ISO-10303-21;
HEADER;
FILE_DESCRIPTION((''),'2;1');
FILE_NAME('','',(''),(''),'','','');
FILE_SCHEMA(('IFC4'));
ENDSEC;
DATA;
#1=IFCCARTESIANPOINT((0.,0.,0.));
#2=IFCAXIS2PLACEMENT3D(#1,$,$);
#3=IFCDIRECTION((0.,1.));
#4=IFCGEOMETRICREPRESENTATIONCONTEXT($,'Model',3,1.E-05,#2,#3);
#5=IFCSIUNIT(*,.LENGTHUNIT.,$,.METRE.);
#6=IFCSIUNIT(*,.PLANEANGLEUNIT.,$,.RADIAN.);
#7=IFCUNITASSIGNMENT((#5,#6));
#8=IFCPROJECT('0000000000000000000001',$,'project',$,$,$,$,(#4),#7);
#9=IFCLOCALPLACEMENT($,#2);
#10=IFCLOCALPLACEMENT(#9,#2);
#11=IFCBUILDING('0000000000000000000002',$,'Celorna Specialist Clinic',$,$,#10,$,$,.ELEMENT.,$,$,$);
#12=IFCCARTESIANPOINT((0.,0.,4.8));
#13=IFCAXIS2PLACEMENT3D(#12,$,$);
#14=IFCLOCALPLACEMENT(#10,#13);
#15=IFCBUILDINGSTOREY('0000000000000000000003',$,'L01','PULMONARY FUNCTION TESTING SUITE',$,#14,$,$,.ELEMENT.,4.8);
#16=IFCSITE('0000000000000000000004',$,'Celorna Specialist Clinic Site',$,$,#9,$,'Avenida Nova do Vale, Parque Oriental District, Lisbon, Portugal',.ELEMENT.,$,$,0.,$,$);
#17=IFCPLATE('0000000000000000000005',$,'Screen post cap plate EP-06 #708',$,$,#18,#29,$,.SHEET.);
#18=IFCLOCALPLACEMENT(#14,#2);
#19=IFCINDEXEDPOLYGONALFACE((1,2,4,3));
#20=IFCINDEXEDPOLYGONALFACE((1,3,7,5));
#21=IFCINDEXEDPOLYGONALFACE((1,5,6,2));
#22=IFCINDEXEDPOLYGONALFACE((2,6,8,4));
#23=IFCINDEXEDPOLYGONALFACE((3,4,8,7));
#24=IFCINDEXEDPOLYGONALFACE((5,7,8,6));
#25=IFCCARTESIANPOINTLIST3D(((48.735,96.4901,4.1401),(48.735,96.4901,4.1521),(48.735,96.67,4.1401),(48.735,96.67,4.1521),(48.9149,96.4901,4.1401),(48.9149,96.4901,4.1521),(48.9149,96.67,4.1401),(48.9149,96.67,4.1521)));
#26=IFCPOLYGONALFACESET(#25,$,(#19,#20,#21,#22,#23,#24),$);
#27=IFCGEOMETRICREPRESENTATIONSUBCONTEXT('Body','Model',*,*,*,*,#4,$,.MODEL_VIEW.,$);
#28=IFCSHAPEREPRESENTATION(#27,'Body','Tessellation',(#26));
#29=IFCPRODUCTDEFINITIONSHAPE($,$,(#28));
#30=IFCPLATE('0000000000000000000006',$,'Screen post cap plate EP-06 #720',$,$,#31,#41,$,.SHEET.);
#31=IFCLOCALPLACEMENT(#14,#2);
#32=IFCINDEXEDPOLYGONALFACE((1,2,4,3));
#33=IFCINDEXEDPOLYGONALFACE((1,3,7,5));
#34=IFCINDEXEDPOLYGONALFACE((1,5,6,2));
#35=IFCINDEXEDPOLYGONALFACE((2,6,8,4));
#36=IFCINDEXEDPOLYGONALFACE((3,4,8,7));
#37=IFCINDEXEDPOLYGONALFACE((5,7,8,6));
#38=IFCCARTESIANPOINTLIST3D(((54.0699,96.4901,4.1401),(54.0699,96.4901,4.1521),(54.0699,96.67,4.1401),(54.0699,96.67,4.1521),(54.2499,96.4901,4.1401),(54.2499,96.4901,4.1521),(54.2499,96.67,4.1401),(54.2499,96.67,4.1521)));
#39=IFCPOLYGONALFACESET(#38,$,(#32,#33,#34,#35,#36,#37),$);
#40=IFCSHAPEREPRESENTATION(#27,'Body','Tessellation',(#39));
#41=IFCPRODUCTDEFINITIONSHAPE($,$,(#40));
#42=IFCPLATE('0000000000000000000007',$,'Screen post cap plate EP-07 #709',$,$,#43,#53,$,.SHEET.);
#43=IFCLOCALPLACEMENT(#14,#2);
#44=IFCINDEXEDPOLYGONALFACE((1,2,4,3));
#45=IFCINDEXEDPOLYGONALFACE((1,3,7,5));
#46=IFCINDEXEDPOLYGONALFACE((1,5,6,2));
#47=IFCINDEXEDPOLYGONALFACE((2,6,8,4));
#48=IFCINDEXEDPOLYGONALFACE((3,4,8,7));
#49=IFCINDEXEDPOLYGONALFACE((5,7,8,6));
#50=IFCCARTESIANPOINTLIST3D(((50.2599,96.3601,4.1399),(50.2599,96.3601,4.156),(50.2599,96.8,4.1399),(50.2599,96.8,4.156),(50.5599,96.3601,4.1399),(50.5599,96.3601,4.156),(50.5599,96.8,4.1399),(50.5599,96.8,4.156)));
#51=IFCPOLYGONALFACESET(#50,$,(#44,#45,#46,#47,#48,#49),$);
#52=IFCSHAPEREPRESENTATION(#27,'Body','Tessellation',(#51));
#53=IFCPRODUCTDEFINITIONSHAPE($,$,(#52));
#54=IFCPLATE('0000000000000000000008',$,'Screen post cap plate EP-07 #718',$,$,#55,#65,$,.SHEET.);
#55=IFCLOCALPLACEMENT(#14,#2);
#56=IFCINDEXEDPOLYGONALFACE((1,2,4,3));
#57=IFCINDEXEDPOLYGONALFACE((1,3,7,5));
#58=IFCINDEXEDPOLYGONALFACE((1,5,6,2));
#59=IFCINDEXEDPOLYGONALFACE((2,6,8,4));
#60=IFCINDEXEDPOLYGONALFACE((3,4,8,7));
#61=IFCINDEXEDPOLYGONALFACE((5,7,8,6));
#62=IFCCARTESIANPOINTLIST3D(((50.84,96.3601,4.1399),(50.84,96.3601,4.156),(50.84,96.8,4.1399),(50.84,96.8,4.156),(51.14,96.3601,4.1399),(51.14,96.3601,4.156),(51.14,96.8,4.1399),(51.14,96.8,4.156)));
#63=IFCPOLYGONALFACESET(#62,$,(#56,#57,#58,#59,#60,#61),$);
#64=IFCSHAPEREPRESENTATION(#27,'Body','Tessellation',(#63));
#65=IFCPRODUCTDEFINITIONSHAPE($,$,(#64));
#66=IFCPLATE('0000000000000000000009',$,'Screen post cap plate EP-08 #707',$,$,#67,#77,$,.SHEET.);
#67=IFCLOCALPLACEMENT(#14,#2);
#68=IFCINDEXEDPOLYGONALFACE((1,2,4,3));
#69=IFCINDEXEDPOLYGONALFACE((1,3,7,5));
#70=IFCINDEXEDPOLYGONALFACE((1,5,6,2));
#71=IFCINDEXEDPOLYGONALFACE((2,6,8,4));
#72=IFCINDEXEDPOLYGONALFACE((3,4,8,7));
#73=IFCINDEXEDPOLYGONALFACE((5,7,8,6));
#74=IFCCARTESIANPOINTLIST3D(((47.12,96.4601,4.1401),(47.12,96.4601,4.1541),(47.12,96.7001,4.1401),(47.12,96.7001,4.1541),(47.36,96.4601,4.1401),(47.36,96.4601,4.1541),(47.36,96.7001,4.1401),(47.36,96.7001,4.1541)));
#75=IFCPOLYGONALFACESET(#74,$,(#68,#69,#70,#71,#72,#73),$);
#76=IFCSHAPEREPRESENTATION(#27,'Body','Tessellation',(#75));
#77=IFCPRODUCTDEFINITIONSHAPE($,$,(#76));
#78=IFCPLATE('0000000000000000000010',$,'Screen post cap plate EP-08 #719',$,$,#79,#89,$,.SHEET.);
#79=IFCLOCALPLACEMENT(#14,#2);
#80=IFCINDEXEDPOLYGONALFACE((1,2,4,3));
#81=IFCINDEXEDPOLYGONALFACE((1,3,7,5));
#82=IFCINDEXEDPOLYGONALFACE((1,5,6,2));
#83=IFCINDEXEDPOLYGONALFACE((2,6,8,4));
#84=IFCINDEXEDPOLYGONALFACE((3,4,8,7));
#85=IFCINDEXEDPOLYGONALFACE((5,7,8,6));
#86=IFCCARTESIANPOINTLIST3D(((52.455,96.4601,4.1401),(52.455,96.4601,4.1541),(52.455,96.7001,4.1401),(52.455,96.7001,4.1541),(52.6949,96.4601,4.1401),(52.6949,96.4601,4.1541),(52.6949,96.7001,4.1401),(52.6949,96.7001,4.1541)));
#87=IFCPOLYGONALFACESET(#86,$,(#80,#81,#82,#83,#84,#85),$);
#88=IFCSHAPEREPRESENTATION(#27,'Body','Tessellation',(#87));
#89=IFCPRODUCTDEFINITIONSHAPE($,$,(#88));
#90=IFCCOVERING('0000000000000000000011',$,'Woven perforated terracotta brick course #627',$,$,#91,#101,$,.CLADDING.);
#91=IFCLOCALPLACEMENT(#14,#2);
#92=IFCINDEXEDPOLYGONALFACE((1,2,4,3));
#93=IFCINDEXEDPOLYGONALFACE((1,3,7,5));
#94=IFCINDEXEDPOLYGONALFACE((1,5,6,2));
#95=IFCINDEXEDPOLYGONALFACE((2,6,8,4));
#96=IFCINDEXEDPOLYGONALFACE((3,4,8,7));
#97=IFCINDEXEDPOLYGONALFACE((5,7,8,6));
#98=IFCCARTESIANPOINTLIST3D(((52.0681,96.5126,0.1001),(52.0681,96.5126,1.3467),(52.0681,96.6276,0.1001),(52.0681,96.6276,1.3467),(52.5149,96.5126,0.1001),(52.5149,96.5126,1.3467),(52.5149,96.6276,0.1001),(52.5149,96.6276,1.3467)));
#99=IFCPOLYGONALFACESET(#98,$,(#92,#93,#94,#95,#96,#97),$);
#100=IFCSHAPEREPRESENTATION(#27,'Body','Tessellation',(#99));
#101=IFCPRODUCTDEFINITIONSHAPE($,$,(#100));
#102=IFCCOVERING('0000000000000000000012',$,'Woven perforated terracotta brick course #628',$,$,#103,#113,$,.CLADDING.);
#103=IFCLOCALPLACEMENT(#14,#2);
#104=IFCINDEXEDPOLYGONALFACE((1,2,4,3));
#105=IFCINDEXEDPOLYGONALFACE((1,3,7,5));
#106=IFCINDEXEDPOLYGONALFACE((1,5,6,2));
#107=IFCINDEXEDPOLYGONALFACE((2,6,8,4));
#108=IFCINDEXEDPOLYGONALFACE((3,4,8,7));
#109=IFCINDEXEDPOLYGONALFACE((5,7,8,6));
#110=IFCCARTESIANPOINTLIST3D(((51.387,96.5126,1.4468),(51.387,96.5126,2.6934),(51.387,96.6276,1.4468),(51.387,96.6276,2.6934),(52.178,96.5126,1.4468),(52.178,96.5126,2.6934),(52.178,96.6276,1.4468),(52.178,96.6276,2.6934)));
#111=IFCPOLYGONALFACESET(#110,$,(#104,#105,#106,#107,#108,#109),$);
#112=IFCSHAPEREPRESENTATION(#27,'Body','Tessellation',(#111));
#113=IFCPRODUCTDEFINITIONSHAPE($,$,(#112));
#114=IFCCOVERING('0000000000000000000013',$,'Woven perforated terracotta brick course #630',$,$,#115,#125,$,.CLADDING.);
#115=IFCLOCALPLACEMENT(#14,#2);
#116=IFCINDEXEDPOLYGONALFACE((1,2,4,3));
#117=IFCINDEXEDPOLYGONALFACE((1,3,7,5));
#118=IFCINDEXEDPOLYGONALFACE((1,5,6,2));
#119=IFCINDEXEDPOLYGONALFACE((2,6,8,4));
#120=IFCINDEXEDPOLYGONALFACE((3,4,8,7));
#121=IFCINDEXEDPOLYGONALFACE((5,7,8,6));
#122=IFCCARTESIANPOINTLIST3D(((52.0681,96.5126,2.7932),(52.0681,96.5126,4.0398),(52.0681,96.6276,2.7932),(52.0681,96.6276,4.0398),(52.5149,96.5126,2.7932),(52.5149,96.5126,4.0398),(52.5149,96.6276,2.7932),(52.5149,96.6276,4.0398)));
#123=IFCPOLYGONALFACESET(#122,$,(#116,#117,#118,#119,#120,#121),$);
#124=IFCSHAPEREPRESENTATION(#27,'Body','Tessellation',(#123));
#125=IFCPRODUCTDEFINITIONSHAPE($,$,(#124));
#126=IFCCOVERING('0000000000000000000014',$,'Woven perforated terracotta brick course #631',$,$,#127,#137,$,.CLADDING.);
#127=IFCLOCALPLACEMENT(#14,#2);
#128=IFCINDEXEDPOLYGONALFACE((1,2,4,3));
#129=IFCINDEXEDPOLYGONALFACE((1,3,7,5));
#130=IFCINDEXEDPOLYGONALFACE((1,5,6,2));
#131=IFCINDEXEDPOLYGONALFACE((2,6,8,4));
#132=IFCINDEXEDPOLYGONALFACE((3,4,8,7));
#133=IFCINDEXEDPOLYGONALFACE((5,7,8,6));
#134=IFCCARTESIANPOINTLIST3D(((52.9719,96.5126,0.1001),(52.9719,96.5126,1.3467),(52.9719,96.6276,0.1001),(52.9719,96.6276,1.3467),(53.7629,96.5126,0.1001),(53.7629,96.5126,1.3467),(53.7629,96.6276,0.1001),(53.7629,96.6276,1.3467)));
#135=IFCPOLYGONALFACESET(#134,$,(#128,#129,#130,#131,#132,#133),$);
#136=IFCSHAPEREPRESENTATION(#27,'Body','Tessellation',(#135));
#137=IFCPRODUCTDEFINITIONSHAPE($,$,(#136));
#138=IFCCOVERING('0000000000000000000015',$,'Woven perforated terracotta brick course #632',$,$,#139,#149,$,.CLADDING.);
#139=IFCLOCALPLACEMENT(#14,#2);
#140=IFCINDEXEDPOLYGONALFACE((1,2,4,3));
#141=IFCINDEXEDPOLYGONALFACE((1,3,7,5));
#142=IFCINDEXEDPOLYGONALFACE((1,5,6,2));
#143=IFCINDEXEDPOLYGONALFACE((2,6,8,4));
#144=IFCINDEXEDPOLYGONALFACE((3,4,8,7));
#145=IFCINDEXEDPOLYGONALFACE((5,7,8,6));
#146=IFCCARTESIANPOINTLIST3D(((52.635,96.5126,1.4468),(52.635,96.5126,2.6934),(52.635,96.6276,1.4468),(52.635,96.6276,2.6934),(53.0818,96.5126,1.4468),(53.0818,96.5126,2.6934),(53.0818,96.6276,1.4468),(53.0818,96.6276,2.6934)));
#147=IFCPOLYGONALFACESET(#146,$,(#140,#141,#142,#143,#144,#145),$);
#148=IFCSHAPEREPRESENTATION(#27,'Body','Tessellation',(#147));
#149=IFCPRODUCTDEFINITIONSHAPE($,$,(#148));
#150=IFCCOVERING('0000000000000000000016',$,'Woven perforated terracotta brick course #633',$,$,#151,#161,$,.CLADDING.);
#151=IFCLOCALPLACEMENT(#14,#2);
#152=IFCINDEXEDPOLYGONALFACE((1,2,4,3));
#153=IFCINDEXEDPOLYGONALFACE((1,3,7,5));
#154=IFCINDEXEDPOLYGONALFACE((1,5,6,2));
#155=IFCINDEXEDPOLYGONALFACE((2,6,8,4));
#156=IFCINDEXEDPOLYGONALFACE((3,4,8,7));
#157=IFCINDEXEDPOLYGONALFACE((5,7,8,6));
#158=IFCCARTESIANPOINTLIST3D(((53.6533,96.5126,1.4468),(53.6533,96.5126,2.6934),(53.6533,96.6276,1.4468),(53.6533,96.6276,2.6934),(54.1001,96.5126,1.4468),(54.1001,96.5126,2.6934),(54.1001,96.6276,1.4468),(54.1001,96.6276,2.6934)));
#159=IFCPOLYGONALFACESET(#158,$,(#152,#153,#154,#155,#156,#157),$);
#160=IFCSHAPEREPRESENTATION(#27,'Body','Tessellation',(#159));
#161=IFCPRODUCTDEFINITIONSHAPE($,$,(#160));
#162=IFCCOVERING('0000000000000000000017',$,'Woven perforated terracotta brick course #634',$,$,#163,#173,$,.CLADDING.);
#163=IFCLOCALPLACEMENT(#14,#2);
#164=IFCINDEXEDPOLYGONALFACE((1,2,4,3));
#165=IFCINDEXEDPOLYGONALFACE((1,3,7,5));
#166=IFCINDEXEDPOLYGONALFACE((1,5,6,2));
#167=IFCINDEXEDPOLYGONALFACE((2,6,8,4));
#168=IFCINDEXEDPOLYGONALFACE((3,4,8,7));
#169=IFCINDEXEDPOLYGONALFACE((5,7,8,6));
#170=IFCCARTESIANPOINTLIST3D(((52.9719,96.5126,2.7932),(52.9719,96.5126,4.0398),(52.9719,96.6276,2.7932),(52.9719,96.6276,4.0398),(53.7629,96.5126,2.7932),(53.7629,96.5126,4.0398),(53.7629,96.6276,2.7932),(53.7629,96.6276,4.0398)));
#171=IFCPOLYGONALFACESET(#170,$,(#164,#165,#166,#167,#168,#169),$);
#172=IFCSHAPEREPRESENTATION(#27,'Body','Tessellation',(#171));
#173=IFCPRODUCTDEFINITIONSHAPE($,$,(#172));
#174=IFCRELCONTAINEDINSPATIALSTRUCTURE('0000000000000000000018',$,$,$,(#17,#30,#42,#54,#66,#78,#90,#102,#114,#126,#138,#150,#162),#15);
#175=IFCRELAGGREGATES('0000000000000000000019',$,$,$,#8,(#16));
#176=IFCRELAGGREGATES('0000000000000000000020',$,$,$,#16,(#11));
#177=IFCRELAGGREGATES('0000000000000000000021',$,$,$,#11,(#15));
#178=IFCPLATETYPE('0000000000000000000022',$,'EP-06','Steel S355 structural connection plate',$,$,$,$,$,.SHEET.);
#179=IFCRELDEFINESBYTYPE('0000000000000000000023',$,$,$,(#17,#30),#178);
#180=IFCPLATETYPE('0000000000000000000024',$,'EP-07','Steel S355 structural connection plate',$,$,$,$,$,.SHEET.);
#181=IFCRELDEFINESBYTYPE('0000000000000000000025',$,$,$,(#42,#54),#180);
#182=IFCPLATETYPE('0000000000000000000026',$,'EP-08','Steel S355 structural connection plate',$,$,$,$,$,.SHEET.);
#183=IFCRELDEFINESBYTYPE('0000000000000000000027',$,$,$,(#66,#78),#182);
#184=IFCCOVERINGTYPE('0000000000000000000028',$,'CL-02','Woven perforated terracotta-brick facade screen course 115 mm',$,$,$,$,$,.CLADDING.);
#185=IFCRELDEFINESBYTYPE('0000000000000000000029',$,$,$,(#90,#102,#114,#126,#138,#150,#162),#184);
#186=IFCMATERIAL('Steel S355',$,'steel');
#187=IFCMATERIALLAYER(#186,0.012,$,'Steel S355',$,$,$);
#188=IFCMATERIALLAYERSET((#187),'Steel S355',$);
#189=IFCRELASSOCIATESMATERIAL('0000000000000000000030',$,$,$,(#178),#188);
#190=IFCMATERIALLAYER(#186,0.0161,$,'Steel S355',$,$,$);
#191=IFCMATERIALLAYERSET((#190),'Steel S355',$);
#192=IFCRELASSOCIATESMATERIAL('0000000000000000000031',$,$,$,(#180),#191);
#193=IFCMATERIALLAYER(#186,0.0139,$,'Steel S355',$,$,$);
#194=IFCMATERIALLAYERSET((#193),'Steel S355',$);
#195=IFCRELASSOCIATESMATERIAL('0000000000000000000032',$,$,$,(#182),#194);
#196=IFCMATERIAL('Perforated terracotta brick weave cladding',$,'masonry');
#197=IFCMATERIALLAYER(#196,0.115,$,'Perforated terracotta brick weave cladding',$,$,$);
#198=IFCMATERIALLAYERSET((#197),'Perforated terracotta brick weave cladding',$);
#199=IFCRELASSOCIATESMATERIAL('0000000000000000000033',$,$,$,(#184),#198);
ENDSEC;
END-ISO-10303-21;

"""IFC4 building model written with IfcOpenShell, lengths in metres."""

from ifc_helpers import new_model, si_unit, direction, frame, origin, origin_2d, place, context, subcontext, project, spatial, rectangle, extrude, material, layer, layer_set, type_object, element, save


model = new_model("IFC4")

# Units and contexts
model_context = context("Model", 3, precision=1e-05, world=origin(), true_north=direction((0.0, 1.0)))
body_context = subcontext(model_context, "Body", "Model", "MODEL_VIEW")
ifc_project = project(units=[si_unit("LENGTHUNIT", "METRE"), si_unit("PLANEANGLEUNIT", "RADIAN")], contexts=[model_context])

# Site, building, storey
site_placement = place(None, origin())
site = spatial("IfcSite", under=ifc_project, at=site_placement, Name="Celorna Specialist Clinic Site", LongName="Avenida Nova do Vale, Parque Oriental District, Lisbon, Portugal", CompositionType="ELEMENT", RefElevation=0.0)
building_placement = place(site_placement, origin())
building = spatial("IfcBuilding", under=site, at=building_placement, Name="Celorna Specialist Clinic", CompositionType="ELEMENT")
storey_placement = place(building_placement, frame((0.0, 0.0, 4.8)))
storey = spatial("IfcBuildingStorey", under=building, at=storey_placement, Name="L01", Description="PULMONARY FUNCTION TESTING SUITE", CompositionType="ELEMENT", Elevation=4.8)

# Shared definitions
ifc_material_1 = material(Name="Steel S355", Category="steel")

# Plates
ifc_layer_1 = layer(ifc_material_1, 0.012, Name="Steel S355")
ifc_layer_set_1 = layer_set([ifc_layer_1], Name="Steel S355")
plate_type_1 = type_object("IfcPlateType", Name="EP-06", Description="Steel S355 structural connection plate", PredefinedType="SHEET", material=ifc_layer_set_1)
for number, where, z_axis, x_axis, name in (
    (1, (48.825, 96.5801, 4.1401), (0.0, 0.0, 1.0), (1.0, 0.0, 0.0), "Screen post cap plate EP-06 #708"),
    (2, (54.1599, 96.5801, 4.1401), (0.0, 0.0, 1.0), (1.0, 0.0, 0.0), "Screen post cap plate EP-06 #720"),
):
    element("IfcPlate", number, at=place(storey_placement, frame(where, z_axis=z_axis, x_axis=x_axis)), inside=storey, type_object=plate_type_1, Name=name, PredefinedType="SHEET", context=body_context, shape_type="SweptSolid", body=[
        extrude(rectangle(XDim=0.1799, YDim=0.1799, at=origin_2d()), origin(), (0.0, 0.0, 1.0), 0.012),
    ])
ifc_layer_2 = layer(ifc_material_1, 0.0161, Name="Steel S355")
ifc_layer_set_2 = layer_set([ifc_layer_2], Name="Steel S355")
plate_type_2 = type_object("IfcPlateType", Name="EP-07", Description="Steel S355 structural connection plate", PredefinedType="SHEET", material=ifc_layer_set_2)
for number, where, z_axis, x_axis, name in (
    (3, (50.4099, 96.5801, 4.1399), (0.0, 0.0, 1.0), (1.0, 0.0, 0.0), "Screen post cap plate EP-07 #709"),
    (4, (50.99, 96.5801, 4.1399), (0.0, 0.0, 1.0), (1.0, 0.0, 0.0), "Screen post cap plate EP-07 #718"),
):
    element("IfcPlate", number, at=place(storey_placement, frame(where, z_axis=z_axis, x_axis=x_axis)), inside=storey, type_object=plate_type_2, Name=name, PredefinedType="SHEET", context=body_context, shape_type="SweptSolid", body=[
        extrude(rectangle(XDim=0.3, YDim=0.4399, at=origin_2d()), origin(), (0.0, 0.0, 1.0), 0.0161),
    ])
ifc_layer_3 = layer(ifc_material_1, 0.0139, Name="Steel S355")
ifc_layer_set_3 = layer_set([ifc_layer_3], Name="Steel S355")
plate_type_3 = type_object("IfcPlateType", Name="EP-08", Description="Steel S355 structural connection plate", PredefinedType="SHEET", material=ifc_layer_set_3)
for number, where, z_axis, x_axis, name in (
    (5, (47.24, 96.5801, 4.1401), (0.0, 0.0, 1.0), (1.0, 0.0, 0.0), "Screen post cap plate EP-08 #707"),
    (6, (52.575, 96.5801, 4.1401), (0.0, 0.0, 1.0), (1.0, 0.0, 0.0), "Screen post cap plate EP-08 #719"),
):
    element("IfcPlate", number, at=place(storey_placement, frame(where, z_axis=z_axis, x_axis=x_axis)), inside=storey, type_object=plate_type_3, Name=name, PredefinedType="SHEET", context=body_context, shape_type="SweptSolid", body=[
        extrude(rectangle(XDim=0.24, YDim=0.24, at=origin_2d()), origin(), (0.0, 0.0, 1.0), 0.0139),
    ])

# Coverings
ifc_material_2 = material(Name="Perforated terracotta brick weave cladding", Category="masonry")
ifc_layer_4 = layer(ifc_material_2, 0.115, Name="Perforated terracotta brick weave cladding")
ifc_layer_set_4 = layer_set([ifc_layer_4], Name="Perforated terracotta brick weave cladding")
covering_type = type_object("IfcCoveringType", Name="CL-02", Description="Woven perforated terracotta-brick facade screen course 115 mm", PredefinedType="CLADDING", material=ifc_layer_set_4)
covering_1_placement = place(storey_placement, frame((52.2915, 96.5701, 0.1001), z_axis=(0.0, 0.0, 1.0), x_axis=(1.0, 0.0, 0.0)))
element("IfcCovering", 7, at=covering_1_placement, inside=storey, type_object=covering_type, Name="Woven perforated terracotta brick course #627", PredefinedType="CLADDING", context=body_context, shape_type="SweptSolid", body=[
    extrude(rectangle(XDim=0.4468, YDim=0.115, at=origin_2d()), origin(), (0.0, 0.0, 1.0), 1.2466),
])
covering_2_placement = place(storey_placement, frame((51.7825, 96.5701, 1.4468), z_axis=(0.0, 0.0, 1.0), x_axis=(1.0, 0.0, 0.0)))
element("IfcCovering", 8, at=covering_2_placement, inside=storey, type_object=covering_type, Name="Woven perforated terracotta brick course #628", PredefinedType="CLADDING", context=body_context, shape_type="SweptSolid", body=[
    extrude(rectangle(XDim=0.791, YDim=0.115, at=origin_2d()), origin(), (0.0, 0.0, 1.0), 1.2466),
])
covering_3_placement = place(storey_placement, frame((52.2915, 96.5701, 2.7932), z_axis=(0.0, 0.0, 1.0), x_axis=(1.0, 0.0, 0.0)))
element("IfcCovering", 9, at=covering_3_placement, inside=storey, type_object=covering_type, Name="Woven perforated terracotta brick course #630", PredefinedType="CLADDING", context=body_context, shape_type="SweptSolid", body=[
    extrude(rectangle(XDim=0.4468, YDim=0.115, at=origin_2d()), origin(), (0.0, 0.0, 1.0), 1.2466),
])
covering_4_placement = place(storey_placement, frame((53.3674, 96.5701, 0.1001), z_axis=(0.0, 0.0, 1.0), x_axis=(1.0, 0.0, 0.0)))
element("IfcCovering", 10, at=covering_4_placement, inside=storey, type_object=covering_type, Name="Woven perforated terracotta brick course #631", PredefinedType="CLADDING", context=body_context, shape_type="SweptSolid", body=[
    extrude(rectangle(XDim=0.791, YDim=0.115, at=origin_2d()), origin(), (0.0, 0.0, 1.0), 1.2466),
])
for number, where, z_axis, x_axis, name in (
    (11, (52.8584, 96.5701, 1.4468), (0.0, 0.0, 1.0), (1.0, 0.0, 0.0), "Woven perforated terracotta brick course #632"),
    (12, (53.8767, 96.5701, 1.4468), (0.0, 0.0, 1.0), (1.0, 0.0, 0.0), "Woven perforated terracotta brick course #633"),
):
    element("IfcCovering", number, at=place(storey_placement, frame(where, z_axis=z_axis, x_axis=x_axis)), inside=storey, type_object=covering_type, Name=name, PredefinedType="CLADDING", context=body_context, shape_type="SweptSolid", body=[
        extrude(rectangle(XDim=0.4468, YDim=0.115, at=origin_2d()), origin(), (0.0, 0.0, 1.0), 1.2466),
    ])
covering_5_placement = place(storey_placement, frame((53.3674, 96.5701, 2.7932), z_axis=(0.0, 0.0, 1.0), x_axis=(1.0, 0.0, 0.0)))
element("IfcCovering", 13, at=covering_5_placement, inside=storey, type_object=covering_type, Name="Woven perforated terracotta brick course #634", PredefinedType="CLADDING", context=body_context, shape_type="SweptSolid", body=[
    extrude(rectangle(XDim=0.791, YDim=0.115, at=origin_2d()), origin(), (0.0, 0.0, 1.0), 1.2466),
])

save(model, "model.ifc")
